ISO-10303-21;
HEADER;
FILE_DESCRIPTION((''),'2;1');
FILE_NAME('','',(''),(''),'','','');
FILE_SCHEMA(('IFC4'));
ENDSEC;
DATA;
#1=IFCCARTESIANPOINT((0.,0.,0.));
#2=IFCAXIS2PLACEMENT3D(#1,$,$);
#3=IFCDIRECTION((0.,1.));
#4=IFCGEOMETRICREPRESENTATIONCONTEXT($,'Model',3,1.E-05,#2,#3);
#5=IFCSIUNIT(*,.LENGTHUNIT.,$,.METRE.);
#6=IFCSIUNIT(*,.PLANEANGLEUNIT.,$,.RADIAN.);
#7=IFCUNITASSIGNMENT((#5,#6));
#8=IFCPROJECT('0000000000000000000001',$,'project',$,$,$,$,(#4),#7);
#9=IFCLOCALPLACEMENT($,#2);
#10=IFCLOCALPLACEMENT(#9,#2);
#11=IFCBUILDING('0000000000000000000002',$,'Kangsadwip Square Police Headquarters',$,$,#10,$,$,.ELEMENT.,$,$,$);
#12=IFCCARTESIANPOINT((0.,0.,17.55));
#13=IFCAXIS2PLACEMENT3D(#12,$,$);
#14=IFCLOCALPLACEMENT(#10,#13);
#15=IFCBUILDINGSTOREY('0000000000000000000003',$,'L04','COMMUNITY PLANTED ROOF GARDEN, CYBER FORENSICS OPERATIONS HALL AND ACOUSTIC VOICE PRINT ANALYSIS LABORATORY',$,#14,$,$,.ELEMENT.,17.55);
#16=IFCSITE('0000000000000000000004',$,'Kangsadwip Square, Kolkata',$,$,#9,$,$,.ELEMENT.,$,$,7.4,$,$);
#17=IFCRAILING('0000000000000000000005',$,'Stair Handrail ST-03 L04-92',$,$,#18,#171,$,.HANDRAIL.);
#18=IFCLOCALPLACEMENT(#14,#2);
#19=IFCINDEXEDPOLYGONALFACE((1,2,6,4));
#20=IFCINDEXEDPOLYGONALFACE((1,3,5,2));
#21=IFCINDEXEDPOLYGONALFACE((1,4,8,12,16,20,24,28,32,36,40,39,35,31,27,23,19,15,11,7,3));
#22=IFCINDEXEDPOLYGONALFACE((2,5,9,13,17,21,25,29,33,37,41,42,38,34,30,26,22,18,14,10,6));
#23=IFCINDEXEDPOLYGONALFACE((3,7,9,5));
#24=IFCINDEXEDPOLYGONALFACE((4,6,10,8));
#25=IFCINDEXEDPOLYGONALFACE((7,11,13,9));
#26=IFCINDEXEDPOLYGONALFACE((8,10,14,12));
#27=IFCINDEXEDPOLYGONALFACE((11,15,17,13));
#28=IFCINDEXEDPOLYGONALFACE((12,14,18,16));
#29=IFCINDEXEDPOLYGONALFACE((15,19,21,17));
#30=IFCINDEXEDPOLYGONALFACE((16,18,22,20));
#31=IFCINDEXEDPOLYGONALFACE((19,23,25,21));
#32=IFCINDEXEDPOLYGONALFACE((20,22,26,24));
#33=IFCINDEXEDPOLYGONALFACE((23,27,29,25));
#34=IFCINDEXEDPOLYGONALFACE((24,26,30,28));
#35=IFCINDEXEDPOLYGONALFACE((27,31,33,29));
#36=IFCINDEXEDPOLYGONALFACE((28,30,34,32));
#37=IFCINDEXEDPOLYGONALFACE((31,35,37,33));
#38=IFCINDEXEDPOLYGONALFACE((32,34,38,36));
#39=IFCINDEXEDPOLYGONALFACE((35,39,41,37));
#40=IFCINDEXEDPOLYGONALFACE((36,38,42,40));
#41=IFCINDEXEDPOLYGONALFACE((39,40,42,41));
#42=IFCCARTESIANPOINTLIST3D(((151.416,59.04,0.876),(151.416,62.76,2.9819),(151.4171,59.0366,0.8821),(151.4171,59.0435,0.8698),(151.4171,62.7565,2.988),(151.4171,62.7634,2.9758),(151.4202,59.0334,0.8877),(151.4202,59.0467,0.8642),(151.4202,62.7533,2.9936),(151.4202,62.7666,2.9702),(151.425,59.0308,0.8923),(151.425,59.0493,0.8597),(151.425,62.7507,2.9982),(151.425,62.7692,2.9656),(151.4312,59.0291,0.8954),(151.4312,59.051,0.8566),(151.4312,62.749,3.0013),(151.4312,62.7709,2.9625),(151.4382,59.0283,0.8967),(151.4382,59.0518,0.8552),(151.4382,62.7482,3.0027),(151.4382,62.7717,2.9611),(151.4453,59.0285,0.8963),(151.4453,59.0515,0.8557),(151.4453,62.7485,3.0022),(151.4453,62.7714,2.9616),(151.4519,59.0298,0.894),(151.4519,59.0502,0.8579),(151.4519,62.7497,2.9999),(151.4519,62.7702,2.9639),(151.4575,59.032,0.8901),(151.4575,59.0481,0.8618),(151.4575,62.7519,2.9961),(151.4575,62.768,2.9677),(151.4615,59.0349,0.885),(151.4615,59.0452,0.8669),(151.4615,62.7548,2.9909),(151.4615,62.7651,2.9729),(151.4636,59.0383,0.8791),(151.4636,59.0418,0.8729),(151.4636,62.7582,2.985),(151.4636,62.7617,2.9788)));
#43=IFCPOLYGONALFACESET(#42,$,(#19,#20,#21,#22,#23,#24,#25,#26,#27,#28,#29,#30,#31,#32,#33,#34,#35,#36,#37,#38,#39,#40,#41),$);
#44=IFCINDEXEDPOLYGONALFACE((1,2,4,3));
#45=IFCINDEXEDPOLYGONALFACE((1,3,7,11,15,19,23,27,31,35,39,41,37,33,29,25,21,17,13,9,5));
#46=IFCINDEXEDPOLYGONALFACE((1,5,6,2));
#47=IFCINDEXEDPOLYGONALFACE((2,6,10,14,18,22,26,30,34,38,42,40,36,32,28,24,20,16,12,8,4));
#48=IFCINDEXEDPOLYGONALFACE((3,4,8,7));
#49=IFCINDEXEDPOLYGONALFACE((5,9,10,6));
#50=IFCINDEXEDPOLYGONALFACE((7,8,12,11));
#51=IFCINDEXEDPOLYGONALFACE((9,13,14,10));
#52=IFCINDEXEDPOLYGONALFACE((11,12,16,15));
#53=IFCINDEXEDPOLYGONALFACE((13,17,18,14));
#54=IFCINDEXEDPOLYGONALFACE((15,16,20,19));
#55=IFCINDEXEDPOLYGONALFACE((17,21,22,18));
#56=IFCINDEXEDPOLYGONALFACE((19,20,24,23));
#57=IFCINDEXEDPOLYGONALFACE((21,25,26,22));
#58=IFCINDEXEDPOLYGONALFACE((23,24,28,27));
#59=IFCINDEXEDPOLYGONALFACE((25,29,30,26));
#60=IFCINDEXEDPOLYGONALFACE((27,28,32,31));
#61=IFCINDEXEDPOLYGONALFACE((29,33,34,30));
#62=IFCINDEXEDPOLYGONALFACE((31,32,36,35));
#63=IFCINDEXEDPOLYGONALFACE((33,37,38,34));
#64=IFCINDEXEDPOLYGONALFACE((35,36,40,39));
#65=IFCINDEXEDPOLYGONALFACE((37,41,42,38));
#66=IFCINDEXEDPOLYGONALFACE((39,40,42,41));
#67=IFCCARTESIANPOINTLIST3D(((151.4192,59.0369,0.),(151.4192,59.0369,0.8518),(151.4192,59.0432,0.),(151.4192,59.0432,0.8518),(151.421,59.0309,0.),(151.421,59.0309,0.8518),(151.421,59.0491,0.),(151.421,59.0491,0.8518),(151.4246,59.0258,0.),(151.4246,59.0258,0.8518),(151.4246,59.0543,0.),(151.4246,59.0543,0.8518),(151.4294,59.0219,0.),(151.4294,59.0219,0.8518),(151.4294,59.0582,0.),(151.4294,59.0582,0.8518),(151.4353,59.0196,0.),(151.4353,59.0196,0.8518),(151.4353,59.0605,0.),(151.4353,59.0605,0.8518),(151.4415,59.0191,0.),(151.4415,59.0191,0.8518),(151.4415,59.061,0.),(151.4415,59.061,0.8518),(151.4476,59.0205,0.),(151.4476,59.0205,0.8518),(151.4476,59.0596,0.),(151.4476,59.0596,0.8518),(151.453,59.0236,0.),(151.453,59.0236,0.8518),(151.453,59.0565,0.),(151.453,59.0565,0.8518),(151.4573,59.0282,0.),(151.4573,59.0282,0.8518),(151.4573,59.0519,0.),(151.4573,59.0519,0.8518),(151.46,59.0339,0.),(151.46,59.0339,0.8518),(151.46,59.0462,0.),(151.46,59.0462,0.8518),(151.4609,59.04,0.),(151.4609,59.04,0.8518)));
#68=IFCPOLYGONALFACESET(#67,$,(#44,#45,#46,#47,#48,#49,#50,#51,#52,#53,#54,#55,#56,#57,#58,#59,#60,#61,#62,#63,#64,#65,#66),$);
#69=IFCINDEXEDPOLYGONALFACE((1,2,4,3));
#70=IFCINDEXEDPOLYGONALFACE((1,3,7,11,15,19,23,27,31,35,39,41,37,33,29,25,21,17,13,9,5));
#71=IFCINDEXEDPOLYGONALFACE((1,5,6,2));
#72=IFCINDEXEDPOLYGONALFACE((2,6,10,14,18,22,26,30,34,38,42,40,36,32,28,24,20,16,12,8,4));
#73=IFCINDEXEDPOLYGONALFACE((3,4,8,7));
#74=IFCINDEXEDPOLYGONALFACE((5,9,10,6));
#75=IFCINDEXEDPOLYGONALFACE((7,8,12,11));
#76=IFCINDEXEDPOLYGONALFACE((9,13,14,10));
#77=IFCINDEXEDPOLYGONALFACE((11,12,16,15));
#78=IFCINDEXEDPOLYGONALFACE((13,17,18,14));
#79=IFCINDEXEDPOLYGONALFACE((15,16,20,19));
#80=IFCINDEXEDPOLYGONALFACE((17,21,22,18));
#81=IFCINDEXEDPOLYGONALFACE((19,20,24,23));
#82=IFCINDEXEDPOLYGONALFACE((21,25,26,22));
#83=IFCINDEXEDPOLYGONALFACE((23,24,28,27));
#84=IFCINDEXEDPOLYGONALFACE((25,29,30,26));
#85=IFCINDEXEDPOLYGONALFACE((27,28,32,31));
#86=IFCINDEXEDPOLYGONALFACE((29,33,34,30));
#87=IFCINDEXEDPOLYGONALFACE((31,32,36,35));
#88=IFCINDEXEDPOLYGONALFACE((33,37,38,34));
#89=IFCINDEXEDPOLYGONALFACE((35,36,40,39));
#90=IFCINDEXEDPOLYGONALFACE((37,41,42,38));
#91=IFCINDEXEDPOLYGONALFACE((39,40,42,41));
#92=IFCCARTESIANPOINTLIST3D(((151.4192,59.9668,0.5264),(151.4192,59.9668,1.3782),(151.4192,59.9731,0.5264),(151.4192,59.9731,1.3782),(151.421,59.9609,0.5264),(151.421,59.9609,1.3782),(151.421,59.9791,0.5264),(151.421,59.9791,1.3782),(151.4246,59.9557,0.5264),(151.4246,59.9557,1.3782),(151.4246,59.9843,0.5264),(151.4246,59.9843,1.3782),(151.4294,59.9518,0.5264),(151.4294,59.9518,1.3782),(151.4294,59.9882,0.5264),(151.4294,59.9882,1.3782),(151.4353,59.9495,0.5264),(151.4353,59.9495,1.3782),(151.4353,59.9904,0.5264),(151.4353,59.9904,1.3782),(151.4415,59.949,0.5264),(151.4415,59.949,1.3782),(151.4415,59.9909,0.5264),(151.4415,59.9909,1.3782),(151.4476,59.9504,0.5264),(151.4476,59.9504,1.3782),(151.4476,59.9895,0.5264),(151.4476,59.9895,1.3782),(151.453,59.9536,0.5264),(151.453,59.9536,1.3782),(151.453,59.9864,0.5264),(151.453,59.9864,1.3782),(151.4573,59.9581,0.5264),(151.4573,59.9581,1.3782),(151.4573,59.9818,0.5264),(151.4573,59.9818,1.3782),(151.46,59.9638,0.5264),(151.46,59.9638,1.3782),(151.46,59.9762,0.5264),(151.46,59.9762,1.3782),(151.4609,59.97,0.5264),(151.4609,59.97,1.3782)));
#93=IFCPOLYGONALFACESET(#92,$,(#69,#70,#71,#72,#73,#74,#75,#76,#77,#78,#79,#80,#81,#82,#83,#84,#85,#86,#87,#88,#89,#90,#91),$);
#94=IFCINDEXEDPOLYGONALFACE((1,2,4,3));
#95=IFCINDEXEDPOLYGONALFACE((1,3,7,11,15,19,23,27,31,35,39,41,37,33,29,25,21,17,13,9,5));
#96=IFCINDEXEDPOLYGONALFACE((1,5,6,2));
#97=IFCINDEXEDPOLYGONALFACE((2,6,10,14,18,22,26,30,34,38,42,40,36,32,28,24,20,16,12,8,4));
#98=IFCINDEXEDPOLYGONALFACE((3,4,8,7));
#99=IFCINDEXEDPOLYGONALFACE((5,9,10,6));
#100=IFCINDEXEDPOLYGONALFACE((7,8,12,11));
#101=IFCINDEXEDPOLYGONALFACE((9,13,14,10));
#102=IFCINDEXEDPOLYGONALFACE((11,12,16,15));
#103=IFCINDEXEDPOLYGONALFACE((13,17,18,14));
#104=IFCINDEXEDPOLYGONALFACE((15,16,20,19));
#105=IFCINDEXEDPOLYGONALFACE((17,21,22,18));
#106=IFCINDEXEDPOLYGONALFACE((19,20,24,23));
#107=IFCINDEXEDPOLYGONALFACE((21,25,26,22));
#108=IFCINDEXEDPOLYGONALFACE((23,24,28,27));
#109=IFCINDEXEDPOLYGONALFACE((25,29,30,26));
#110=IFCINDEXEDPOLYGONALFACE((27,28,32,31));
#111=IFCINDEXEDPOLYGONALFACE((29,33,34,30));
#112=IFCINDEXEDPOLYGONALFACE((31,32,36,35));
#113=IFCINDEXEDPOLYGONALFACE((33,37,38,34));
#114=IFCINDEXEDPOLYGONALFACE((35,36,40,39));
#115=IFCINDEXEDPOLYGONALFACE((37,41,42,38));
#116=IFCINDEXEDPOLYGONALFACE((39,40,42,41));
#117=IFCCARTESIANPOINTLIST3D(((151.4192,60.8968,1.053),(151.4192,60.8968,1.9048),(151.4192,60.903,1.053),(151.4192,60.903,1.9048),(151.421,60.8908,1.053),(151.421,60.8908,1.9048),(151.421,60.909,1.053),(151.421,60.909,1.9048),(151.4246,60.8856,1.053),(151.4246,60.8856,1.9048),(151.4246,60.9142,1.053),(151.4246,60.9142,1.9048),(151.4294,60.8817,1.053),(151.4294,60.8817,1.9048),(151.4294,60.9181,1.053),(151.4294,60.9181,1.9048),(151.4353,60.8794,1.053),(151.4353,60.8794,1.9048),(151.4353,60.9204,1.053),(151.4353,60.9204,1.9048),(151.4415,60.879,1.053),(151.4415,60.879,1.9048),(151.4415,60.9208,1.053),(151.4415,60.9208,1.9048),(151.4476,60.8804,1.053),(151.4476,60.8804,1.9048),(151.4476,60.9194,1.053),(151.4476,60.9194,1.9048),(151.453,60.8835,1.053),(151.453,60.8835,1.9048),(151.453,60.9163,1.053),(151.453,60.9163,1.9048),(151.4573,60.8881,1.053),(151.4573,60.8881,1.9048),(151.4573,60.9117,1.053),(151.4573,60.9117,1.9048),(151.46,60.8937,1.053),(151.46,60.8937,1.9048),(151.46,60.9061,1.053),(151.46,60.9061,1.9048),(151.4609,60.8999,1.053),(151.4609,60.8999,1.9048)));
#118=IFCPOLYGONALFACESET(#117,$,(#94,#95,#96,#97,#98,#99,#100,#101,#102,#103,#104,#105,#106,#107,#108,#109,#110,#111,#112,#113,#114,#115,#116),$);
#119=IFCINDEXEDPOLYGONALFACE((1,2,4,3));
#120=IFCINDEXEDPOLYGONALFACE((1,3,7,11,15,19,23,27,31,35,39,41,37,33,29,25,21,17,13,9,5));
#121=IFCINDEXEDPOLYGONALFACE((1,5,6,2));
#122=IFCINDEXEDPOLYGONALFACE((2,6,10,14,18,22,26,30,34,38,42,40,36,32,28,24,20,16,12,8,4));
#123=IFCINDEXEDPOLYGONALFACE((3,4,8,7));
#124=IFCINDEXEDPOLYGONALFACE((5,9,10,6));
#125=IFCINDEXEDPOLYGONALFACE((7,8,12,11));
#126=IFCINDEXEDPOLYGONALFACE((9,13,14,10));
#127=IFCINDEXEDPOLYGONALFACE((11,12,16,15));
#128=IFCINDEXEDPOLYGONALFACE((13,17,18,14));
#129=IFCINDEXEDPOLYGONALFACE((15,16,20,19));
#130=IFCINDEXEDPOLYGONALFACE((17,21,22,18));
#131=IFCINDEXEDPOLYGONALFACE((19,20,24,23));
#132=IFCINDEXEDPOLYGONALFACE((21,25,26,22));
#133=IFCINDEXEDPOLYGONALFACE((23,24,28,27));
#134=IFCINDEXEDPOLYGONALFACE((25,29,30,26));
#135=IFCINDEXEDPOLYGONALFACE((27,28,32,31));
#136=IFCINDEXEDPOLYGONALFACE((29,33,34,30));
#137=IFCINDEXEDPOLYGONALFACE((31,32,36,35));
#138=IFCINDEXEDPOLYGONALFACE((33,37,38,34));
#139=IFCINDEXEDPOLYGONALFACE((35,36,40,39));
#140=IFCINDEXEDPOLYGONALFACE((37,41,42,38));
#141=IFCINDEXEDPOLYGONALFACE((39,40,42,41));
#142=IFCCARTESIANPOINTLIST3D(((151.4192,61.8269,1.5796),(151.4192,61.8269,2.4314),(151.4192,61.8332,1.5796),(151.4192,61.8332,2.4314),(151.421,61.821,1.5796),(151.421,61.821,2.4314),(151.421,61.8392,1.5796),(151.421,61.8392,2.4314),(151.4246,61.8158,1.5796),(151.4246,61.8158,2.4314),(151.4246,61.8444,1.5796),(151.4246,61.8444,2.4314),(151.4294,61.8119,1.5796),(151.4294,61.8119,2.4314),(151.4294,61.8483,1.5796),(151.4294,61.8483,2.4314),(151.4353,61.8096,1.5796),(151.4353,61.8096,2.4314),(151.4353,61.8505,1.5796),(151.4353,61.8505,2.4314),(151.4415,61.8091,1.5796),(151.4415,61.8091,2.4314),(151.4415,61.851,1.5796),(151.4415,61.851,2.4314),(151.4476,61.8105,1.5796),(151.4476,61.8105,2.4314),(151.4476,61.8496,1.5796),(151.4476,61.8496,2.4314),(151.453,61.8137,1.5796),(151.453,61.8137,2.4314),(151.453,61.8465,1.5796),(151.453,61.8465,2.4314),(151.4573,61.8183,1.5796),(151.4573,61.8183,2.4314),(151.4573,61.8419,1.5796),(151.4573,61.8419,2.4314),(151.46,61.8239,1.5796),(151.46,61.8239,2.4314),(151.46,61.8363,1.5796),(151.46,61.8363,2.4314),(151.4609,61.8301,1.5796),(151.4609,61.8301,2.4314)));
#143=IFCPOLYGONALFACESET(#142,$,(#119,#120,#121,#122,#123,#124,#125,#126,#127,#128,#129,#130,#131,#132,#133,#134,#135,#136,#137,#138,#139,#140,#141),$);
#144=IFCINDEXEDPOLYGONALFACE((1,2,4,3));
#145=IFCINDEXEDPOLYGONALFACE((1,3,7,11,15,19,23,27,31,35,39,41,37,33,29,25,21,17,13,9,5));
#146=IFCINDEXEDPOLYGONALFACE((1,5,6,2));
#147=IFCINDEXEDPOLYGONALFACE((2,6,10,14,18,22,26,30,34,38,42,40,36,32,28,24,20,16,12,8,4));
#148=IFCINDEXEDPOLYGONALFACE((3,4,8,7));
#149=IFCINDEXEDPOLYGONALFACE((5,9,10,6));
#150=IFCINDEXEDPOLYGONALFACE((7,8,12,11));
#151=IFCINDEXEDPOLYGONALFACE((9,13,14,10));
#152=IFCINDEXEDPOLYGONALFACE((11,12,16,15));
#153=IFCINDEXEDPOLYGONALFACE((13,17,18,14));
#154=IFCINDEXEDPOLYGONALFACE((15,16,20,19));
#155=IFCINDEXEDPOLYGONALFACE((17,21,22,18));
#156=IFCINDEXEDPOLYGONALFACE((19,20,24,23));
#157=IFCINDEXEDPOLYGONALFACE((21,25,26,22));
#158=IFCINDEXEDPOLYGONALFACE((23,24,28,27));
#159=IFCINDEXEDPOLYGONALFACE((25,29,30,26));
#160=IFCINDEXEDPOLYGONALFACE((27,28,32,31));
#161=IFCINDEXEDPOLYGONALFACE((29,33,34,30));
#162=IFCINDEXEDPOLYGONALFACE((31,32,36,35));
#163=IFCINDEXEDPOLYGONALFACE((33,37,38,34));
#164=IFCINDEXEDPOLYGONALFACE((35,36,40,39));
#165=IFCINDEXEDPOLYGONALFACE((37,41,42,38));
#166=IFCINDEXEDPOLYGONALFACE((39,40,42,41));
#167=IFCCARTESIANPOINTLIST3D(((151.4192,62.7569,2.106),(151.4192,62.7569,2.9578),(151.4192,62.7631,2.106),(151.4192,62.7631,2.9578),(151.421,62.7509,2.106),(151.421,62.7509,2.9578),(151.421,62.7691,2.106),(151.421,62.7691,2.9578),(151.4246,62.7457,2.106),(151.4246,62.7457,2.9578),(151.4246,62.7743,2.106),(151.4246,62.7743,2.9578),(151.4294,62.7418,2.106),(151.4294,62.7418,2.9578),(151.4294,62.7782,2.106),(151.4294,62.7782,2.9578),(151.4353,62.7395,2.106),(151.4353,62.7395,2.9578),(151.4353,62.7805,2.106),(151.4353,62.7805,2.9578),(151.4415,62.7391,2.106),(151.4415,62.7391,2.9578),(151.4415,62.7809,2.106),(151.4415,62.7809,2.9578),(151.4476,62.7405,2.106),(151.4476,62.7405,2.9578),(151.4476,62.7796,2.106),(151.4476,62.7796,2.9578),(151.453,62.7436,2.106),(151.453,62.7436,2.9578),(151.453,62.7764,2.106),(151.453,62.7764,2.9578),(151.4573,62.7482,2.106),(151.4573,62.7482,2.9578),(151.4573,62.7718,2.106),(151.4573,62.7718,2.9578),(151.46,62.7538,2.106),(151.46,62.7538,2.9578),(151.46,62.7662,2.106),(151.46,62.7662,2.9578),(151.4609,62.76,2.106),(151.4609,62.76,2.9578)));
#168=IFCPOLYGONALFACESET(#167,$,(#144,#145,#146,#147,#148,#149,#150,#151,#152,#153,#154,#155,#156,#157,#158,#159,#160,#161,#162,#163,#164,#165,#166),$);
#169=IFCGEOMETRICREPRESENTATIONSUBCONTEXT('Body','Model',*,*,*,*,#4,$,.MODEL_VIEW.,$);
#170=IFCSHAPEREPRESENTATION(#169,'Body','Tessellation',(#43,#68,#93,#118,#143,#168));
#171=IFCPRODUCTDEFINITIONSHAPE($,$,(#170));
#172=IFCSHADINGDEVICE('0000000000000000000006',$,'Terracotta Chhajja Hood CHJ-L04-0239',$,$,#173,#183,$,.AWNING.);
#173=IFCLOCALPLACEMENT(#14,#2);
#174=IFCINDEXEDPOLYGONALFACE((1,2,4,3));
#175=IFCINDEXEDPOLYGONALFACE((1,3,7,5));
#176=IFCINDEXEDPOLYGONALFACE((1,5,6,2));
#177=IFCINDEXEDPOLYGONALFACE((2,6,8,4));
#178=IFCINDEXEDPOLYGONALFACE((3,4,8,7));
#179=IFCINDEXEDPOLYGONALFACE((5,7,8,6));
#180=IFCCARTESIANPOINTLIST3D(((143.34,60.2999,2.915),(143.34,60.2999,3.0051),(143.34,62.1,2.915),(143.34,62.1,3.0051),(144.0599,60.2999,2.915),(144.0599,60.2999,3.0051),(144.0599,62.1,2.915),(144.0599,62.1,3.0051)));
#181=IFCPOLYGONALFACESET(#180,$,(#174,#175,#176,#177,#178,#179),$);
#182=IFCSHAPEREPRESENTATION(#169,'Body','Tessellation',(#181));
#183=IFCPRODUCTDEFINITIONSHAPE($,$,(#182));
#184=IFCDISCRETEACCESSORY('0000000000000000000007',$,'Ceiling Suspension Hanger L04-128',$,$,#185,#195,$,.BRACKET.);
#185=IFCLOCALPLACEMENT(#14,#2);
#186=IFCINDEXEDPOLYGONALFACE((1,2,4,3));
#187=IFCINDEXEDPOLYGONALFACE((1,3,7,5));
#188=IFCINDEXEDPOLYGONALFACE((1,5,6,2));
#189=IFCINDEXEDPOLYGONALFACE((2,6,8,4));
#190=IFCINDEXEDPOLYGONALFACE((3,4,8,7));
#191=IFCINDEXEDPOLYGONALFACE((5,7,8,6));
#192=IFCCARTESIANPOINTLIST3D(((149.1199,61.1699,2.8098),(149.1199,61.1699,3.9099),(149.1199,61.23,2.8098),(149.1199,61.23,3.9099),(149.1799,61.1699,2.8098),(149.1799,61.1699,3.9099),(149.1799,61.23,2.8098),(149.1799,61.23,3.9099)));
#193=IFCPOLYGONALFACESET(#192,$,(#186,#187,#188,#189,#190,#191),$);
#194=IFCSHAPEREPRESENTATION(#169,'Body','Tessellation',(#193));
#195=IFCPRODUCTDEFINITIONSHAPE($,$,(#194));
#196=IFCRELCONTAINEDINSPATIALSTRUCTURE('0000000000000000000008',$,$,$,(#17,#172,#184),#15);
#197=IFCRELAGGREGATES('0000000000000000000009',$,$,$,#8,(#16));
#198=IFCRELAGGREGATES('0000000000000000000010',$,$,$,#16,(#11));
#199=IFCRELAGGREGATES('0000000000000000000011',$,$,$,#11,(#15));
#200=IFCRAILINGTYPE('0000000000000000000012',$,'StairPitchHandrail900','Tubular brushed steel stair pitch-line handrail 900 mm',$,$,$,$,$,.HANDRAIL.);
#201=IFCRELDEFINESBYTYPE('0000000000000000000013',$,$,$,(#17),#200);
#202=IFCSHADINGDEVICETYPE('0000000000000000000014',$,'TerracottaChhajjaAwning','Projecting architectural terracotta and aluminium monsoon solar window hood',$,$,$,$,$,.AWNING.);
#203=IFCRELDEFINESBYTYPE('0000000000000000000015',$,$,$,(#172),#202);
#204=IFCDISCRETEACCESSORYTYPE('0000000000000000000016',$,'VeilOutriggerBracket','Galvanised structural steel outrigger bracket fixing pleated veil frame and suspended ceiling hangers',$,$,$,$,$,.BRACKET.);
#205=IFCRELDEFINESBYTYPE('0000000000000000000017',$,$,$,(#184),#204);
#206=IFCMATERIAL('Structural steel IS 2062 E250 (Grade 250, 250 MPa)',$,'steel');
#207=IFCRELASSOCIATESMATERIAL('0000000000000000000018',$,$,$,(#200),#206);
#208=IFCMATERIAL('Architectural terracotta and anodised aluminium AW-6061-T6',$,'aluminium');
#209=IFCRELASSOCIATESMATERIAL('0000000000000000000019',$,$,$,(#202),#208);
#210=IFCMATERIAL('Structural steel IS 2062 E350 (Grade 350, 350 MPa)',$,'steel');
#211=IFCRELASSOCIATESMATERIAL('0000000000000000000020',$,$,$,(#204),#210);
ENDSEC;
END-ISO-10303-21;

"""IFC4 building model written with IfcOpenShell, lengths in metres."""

from ifc_helpers import new_model, si_unit, direction, frame, origin, origin_2d, place, context, subcontext, project, spatial, rectangle, circle, extrude, material, type_object, element, save


model = new_model("IFC4")

# Units and contexts
model_context = context("Model", 3, precision=1e-05, world=origin(), true_north=direction((0.0, 1.0)))
body_context = subcontext(model_context, "Body", "Model", "MODEL_VIEW")
ifc_project = project(units=[si_unit("LENGTHUNIT", "METRE"), si_unit("PLANEANGLEUNIT", "RADIAN")], contexts=[model_context])

# Site, building, storey
site_placement = place(None, origin())
site = spatial("IfcSite", under=ifc_project, at=site_placement, Name="Kangsadwip Square, Kolkata", CompositionType="ELEMENT", RefElevation=7.4)
building_placement = place(site_placement, origin())
building = spatial("IfcBuilding", under=site, at=building_placement, Name="Kangsadwip Square Police Headquarters", CompositionType="ELEMENT")
storey_placement = place(building_placement, frame((0.0, 0.0, 17.55)))
storey = spatial("IfcBuildingStorey", under=building, at=storey_placement, Name="L04", Description="COMMUNITY PLANTED ROOF GARDEN, CYBER FORENSICS OPERATIONS HALL AND ACOUSTIC VOICE PRINT ANALYSIS LABORATORY", CompositionType="ELEMENT", Elevation=17.55)

# Railing
ifc_material_1 = material(Name="Structural steel IS 2062 E250 (Grade 250, 250 MPa)", Category="steel")
railing_type = type_object("IfcRailingType", Name="StairPitchHandrail900", Description="Tubular brushed steel stair pitch-line handrail 900 mm", PredefinedType="HANDRAIL", material=ifc_material_1)
railing_placement = place(storey_placement, frame((151.4399, 59.04, 0.0)))
element("IfcRailing", 1, at=railing_placement, inside=storey, type_object=railing_type, Name="Stair Handrail ST-03 L04-92", PredefinedType="HANDRAIL", context=body_context, shape_type="SweptSolid", body=[
    extrude(circle(Radius=0.0239, at=origin_2d()), frame((0.0, 0.0, 0.876), z_axis=(0.0, 0.870225, 0.492654), x_axis=(-1.0, 0.0, 0.0)), (0.0, 0.0, 1.0), 4.2747),
    extrude(circle(Radius=0.021, at=origin_2d()), origin(), (0.0, 0.0, 1.0), 0.8518),
    extrude(circle(Radius=0.021, at=origin_2d()), frame((0.0, 0.9299, 0.5264)), (0.0, 0.0, 1.0), 0.8518),
    extrude(circle(Radius=0.021, at=origin_2d()), frame((0.0, 1.8599, 1.053)), (0.0, 0.0, 1.0), 0.8518),
    extrude(circle(Radius=0.021, at=origin_2d()), frame((0.0, 2.79, 1.5796)), (0.0, 0.0, 1.0), 0.8518),
    extrude(circle(Radius=0.021, at=origin_2d()), frame((0.0, 3.72, 2.106)), (0.0, 0.0, 1.0), 0.8518),
])

# Shading device
ifc_material_2 = material(Name="Architectural terracotta and anodised aluminium AW-6061-T6", Category="aluminium")
shading_device_type = type_object("IfcShadingDeviceType", Name="TerracottaChhajjaAwning", Description="Projecting architectural terracotta and aluminium monsoon solar window hood", PredefinedType="AWNING", material=ifc_material_2)
shading_device_placement = place(storey_placement, frame((143.7, 61.2, 2.915), z_axis=(0.0, 0.0, 1.0), x_axis=(0.0, 1.0, 0.0)))
element("IfcShadingDevice", 2, at=shading_device_placement, inside=storey, type_object=shading_device_type, Name="Terracotta Chhajja Hood CHJ-L04-0239", PredefinedType="AWNING", context=body_context, shape_type="SweptSolid", body=[
    extrude(rectangle(XDim=1.8, YDim=0.72, at=origin_2d()), origin(), (0.0, 0.0, 1.0), 0.0901),
])

# Discrete accessory
ifc_material_3 = material(Name="Structural steel IS 2062 E350 (Grade 350, 350 MPa)", Category="steel")
discrete_accessory_type = type_object("IfcDiscreteAccessoryType", Name="VeilOutriggerBracket", Description="Galvanised structural steel outrigger bracket fixing pleated veil frame and suspended ceiling hangers", PredefinedType="BRACKET", material=ifc_material_3)
discrete_accessory_placement = place(storey_placement, frame((149.1499, 61.2, 2.8098), z_axis=(0.0, 0.0, 1.0), x_axis=(1.0, 0.0, 0.0)))
element("IfcDiscreteAccessory", 3, at=discrete_accessory_placement, inside=storey, type_object=discrete_accessory_type, Name="Ceiling Suspension Hanger L04-128", PredefinedType="BRACKET", context=body_context, shape_type="SweptSolid", body=[
    extrude(rectangle(XDim=0.0601, YDim=0.0601, at=origin_2d()), origin(), (0.0, 0.0, 1.0), 1.1001),
])

save(model, "model.ifc")
